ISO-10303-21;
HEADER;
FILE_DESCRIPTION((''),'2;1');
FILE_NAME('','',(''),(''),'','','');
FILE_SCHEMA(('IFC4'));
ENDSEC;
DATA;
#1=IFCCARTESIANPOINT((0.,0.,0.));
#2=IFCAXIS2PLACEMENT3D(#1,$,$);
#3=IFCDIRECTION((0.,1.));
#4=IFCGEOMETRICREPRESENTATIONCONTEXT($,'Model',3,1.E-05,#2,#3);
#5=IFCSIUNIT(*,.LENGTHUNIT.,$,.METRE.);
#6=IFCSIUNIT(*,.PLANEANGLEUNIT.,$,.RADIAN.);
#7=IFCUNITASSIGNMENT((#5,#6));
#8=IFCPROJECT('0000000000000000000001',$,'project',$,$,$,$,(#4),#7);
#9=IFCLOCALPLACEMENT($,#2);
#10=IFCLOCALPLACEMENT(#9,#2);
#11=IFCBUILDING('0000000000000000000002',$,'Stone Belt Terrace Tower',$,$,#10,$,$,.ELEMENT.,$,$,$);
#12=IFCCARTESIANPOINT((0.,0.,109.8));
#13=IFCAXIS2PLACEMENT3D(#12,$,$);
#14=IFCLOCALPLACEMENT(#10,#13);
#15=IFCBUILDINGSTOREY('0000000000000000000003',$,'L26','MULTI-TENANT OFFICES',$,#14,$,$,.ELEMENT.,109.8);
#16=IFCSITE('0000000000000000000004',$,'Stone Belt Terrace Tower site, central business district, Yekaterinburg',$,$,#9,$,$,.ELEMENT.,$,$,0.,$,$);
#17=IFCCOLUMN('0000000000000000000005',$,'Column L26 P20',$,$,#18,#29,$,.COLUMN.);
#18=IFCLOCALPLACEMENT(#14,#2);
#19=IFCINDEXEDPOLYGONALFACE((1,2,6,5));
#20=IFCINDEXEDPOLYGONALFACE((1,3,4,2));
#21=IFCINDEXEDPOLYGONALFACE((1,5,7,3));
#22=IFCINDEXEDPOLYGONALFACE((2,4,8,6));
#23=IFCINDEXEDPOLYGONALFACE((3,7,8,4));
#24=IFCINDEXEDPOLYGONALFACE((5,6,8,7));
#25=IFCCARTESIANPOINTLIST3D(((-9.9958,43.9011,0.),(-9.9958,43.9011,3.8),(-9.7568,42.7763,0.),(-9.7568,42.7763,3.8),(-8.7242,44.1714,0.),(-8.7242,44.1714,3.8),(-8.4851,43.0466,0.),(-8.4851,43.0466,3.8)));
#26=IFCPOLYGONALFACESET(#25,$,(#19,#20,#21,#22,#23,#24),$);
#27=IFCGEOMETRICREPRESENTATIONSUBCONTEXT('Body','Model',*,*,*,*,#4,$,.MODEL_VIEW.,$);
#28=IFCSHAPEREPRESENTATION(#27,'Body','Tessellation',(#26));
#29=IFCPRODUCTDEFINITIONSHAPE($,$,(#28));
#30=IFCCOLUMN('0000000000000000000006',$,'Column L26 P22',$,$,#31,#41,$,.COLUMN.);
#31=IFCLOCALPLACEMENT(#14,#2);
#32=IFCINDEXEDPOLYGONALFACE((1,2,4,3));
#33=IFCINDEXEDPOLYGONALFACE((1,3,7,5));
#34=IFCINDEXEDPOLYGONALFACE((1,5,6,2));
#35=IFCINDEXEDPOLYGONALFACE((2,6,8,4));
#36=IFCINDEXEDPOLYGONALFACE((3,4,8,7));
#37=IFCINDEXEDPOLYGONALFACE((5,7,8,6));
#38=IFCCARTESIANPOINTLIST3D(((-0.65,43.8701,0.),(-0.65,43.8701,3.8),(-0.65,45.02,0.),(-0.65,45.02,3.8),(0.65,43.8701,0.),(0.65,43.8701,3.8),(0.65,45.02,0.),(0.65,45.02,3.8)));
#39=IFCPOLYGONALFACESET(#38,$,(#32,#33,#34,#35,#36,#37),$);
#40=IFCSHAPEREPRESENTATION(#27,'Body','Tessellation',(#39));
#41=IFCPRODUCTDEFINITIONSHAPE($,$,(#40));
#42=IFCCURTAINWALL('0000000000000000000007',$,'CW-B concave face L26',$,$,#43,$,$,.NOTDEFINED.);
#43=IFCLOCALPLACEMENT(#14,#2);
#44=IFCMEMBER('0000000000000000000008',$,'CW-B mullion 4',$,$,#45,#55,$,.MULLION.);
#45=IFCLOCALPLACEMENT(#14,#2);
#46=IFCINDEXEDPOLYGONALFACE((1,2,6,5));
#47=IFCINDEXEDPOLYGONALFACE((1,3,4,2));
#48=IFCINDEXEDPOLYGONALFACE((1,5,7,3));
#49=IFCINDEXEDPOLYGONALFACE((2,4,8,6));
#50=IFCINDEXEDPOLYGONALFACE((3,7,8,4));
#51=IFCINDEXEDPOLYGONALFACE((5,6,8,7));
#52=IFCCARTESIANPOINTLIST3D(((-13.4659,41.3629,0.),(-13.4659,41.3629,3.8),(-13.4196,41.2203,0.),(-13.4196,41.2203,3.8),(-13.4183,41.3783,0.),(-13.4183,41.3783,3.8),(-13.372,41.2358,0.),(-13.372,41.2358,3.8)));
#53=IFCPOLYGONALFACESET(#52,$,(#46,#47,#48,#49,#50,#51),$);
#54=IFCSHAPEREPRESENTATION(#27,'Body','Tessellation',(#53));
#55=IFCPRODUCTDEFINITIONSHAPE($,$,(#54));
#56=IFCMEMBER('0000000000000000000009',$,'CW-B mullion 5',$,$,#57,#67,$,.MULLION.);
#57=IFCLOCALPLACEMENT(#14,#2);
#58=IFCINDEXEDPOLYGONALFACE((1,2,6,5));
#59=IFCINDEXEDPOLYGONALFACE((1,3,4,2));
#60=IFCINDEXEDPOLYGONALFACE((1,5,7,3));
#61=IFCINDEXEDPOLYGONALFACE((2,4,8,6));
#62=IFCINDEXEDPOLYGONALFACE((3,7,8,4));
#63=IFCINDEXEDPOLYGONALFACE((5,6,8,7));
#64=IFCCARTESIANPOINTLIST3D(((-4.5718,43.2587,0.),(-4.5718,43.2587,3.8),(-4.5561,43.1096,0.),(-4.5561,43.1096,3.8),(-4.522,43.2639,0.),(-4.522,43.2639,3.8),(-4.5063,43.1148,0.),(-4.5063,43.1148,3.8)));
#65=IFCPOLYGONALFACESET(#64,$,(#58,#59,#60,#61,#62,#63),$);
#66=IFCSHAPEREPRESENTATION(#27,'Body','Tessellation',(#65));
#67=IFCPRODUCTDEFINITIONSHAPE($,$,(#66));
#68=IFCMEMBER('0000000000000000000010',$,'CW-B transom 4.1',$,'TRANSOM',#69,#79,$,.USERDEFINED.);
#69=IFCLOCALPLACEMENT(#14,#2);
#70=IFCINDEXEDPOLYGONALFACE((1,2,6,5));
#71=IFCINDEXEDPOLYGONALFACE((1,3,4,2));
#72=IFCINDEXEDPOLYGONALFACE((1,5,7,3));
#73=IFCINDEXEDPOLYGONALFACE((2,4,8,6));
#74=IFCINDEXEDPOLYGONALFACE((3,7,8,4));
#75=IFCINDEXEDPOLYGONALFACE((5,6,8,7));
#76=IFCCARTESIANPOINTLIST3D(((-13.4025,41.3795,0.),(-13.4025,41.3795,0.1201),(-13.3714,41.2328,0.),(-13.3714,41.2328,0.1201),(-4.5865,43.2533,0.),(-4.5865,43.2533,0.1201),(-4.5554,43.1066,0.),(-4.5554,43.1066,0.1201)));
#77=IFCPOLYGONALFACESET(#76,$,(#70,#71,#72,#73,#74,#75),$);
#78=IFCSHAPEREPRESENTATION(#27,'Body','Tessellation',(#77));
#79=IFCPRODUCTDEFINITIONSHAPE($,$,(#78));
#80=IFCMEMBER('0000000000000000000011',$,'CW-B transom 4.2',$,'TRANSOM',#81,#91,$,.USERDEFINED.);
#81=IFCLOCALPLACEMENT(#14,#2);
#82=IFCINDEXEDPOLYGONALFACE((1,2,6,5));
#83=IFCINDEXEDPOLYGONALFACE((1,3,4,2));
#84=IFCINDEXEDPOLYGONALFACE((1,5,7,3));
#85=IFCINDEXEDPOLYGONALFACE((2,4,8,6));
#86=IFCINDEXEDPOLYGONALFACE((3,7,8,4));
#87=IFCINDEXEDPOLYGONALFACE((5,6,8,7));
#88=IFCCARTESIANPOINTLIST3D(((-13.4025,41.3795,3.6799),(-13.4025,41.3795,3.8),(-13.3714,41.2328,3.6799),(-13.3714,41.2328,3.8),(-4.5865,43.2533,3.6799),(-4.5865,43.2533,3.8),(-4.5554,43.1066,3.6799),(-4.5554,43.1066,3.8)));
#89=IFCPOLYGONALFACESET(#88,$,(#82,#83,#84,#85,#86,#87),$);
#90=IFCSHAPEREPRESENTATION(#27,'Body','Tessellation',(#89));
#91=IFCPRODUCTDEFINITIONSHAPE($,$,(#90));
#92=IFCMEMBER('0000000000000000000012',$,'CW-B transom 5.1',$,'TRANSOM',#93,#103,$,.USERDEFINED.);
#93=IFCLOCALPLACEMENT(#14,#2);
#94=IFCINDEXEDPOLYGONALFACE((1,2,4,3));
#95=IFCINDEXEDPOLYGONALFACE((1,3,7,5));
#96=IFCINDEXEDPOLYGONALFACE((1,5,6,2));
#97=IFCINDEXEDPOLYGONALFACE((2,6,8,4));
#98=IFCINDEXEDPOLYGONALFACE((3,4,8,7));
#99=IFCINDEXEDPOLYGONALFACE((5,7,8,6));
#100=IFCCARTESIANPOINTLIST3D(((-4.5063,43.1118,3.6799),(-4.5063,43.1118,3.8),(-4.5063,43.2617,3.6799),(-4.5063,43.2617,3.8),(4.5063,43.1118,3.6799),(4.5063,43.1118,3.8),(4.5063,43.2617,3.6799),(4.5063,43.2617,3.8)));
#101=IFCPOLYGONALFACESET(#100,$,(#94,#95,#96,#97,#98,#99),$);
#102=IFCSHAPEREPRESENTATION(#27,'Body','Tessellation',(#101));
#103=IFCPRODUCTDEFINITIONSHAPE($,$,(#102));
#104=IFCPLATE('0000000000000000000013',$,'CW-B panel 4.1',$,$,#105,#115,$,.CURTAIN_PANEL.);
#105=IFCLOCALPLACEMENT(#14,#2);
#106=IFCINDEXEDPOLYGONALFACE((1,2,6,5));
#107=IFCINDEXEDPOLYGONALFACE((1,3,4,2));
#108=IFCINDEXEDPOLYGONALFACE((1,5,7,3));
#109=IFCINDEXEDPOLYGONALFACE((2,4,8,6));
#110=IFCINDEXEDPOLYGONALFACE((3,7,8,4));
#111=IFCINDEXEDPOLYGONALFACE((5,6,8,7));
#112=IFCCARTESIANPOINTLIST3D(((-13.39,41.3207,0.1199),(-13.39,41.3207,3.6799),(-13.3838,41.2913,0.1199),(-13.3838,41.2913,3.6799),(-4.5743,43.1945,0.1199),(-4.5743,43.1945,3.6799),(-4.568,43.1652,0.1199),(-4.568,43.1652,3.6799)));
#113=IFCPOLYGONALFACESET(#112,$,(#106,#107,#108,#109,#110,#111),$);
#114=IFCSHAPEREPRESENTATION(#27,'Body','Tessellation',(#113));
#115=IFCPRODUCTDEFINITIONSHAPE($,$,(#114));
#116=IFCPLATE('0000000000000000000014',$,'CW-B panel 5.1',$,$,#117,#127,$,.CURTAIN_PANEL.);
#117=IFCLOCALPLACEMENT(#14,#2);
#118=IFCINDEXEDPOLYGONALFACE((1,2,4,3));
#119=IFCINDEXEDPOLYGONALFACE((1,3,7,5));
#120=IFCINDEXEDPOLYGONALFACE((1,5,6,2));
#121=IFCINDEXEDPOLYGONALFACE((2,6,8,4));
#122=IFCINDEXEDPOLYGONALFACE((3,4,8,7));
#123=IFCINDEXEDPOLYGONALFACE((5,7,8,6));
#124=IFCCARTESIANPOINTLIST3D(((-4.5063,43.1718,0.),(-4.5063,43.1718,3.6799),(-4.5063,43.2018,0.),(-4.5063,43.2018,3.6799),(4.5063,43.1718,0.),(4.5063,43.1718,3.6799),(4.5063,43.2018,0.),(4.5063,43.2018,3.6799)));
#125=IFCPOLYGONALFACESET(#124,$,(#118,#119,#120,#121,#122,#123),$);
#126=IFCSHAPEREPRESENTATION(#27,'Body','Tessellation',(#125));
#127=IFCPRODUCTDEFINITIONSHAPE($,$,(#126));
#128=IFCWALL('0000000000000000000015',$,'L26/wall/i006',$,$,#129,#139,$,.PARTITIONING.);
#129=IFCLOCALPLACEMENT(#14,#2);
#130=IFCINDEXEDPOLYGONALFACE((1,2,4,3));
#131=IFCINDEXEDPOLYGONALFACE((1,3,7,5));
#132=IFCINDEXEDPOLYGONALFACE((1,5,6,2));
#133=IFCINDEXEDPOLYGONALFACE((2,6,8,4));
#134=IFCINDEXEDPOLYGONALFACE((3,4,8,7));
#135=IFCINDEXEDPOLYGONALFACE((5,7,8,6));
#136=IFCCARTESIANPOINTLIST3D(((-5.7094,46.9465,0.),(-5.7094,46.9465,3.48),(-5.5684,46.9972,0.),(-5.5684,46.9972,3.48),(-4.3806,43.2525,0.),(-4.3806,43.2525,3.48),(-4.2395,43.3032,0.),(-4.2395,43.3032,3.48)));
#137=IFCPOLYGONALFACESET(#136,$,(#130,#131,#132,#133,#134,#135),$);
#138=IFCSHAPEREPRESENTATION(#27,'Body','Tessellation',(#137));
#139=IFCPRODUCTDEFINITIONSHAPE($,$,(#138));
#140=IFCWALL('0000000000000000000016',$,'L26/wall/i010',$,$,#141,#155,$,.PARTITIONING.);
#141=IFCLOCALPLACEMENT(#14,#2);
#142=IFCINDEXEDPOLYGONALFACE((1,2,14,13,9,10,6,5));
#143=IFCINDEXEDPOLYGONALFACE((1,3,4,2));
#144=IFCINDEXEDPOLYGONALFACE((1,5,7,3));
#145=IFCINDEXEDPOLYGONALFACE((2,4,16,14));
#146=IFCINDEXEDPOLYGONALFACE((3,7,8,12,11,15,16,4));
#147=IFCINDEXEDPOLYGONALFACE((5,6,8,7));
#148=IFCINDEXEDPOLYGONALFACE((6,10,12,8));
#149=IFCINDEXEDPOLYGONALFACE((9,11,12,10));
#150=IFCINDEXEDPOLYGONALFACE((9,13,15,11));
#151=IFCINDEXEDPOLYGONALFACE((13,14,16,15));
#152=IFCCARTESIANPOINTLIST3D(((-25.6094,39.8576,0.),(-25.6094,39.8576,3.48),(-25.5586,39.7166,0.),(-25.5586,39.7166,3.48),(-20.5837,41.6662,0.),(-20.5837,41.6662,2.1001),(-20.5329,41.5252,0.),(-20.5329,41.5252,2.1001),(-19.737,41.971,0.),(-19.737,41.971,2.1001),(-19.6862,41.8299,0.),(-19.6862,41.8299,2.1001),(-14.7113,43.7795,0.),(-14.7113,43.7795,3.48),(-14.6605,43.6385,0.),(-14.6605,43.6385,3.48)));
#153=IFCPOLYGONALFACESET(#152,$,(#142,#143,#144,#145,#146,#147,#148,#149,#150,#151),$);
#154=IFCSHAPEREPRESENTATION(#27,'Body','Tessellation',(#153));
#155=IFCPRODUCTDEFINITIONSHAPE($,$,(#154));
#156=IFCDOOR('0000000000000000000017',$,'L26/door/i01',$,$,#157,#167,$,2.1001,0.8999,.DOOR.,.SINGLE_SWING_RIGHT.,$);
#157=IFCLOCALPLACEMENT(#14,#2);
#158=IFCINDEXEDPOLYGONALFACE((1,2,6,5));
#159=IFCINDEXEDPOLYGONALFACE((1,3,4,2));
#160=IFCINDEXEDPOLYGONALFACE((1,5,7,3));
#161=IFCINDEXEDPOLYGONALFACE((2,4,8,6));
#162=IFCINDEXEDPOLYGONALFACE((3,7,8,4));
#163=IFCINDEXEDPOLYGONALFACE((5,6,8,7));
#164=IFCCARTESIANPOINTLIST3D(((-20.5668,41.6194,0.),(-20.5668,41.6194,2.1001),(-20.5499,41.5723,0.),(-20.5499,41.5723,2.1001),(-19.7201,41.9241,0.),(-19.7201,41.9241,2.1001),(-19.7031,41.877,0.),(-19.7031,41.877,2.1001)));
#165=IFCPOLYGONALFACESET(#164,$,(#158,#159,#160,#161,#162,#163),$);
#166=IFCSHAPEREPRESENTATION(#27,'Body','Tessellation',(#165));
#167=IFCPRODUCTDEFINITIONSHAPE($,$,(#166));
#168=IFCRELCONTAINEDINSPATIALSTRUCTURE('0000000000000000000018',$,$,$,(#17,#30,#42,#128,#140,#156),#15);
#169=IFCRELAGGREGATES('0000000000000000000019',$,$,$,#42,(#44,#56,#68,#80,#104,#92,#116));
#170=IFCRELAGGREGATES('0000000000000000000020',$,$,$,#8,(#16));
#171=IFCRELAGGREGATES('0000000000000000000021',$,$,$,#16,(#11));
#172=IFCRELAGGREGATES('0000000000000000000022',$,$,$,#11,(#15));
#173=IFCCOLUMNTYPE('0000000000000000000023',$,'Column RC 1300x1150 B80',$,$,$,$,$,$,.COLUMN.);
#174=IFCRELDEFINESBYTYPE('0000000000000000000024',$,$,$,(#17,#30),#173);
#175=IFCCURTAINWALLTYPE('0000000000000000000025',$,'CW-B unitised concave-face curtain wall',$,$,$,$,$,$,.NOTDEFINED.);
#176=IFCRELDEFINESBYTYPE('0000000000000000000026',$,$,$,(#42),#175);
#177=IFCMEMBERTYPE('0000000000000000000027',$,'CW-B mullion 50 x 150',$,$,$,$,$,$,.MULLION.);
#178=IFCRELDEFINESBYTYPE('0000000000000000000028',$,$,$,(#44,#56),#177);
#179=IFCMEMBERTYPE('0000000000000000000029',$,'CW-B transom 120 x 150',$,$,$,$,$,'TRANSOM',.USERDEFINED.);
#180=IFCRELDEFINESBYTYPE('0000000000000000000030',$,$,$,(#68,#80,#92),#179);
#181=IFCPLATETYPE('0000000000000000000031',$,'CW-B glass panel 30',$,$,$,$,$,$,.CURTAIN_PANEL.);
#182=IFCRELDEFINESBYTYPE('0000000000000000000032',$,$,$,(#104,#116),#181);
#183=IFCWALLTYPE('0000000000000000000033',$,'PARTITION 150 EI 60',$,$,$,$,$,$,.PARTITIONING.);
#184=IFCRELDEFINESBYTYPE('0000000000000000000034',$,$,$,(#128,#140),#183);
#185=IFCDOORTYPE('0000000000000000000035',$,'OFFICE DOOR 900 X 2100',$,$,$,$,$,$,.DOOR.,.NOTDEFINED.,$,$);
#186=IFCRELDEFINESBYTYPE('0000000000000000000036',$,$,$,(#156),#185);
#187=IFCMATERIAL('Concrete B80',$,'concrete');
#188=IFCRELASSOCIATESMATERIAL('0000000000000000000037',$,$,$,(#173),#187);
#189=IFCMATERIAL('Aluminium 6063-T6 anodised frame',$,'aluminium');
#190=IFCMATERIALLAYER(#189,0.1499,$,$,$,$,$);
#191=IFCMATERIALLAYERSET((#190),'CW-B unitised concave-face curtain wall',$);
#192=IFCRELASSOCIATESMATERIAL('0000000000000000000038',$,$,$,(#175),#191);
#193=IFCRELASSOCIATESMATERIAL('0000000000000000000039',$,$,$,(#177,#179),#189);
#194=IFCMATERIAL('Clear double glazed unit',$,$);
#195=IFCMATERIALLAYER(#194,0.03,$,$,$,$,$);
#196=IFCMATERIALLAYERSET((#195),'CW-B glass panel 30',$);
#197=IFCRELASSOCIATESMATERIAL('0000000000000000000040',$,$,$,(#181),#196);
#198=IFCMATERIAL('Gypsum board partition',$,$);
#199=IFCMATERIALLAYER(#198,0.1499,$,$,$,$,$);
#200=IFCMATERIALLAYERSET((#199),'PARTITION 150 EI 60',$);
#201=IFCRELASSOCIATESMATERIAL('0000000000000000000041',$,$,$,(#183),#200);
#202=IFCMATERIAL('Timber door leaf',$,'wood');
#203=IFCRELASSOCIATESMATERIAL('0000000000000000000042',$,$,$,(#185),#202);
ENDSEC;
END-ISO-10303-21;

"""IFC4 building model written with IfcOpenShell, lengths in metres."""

from ifc_helpers import new_model, si_unit, direction, frame, frame_2d, origin, origin_2d, place, context, subcontext, project, spatial, rectangle, extrude, material, layer, layer_set, material_profile, profile_set, type_object, element, fill, aggregate, save


model = new_model("IFC4")

# Units and contexts
model_context = context("Model", 3, precision=1e-05, world=origin(), true_north=direction((0.0, 1.0)))
body_context = subcontext(model_context, "Body", "Model", "MODEL_VIEW")
ifc_project = project(units=[si_unit("LENGTHUNIT", "METRE"), si_unit("PLANEANGLEUNIT", "RADIAN")], contexts=[model_context])

# Site, building, storey
site_placement = place(None, origin())
site = spatial("IfcSite", under=ifc_project, at=site_placement, Name="Stone Belt Terrace Tower site, central business district, Yekaterinburg", CompositionType="ELEMENT", RefElevation=0.0)
building_placement = place(site_placement, origin())
building = spatial("IfcBuilding", under=site, at=building_placement, Name="Stone Belt Terrace Tower", CompositionType="ELEMENT")
storey_placement = place(building_placement, frame((0.0, 0.0, 109.8)))
storey = spatial("IfcBuildingStorey", under=building, at=storey_placement, Name="L26", Description="MULTI-TENANT OFFICES", CompositionType="ELEMENT", Elevation=109.8)

# Columns
ifc_material_1 = material(Name="Concrete B80", Category="concrete")
ifc_material_profile_1 = material_profile(ifc_material_1, rectangle(XDim=1.3, YDim=1.1499, at=origin_2d()), Name="RC 1300x1150")
ifc_profile_set_1 = profile_set([ifc_material_profile_1], Name="Concrete B80")
column_type = type_object("IfcColumnType", Name="Column RC 1300x1150 B80", PredefinedType="COLUMN", material=ifc_profile_set_1)
for number, where, z_axis, x_axis, name in (
    (1, (-9.2405, 43.4739, 0.0), (0.0, 0.0, 1.0), (0.978148, 0.207912, 0.0), "Column L26 P20"),
    (2, (0.0, 44.4451, 0.0), (0.0, 0.0, 1.0), (1.0, 0.0, 0.0), "Column L26 P22"),
):
    element("IfcColumn", number, at=place(storey_placement, frame(where, z_axis=z_axis, x_axis=x_axis)), inside=storey, type_object=column_type, Name=name, PredefinedType="COLUMN", context=body_context, shape_type="SweptSolid", body=[
        extrude(rectangle(XDim=1.3, YDim=1.1499, at=origin_2d()), origin(), (0.0, 0.0, 1.0), 3.8),
    ])

# Curtain wall, members, plates
ifc_material_2 = material(Name="Aluminium 6063-T6 anodised frame", Category="aluminium")
ifc_layer_1 = layer(ifc_material_2, 0.1499)
ifc_layer_set_1 = layer_set([ifc_layer_1], Name="CW-B unitised concave-face curtain wall")
curtain_wall_type = type_object("IfcCurtainWallType", Name="CW-B unitised concave-face curtain wall", PredefinedType="NOTDEFINED", material=ifc_layer_set_1)
curtain_wall_placement = place(storey_placement, origin())
curtain_wall = element("IfcCurtainWall", 3, at=curtain_wall_placement, inside=storey, type_object=curtain_wall_type, Name="CW-B concave face L26", PredefinedType="NOTDEFINED")
ifc_material_profile_2 = material_profile(ifc_material_2, rectangle(XDim=0.1499, YDim=0.05, at=origin_2d()), Name="Aluminium 6063-T6 50x150")
ifc_profile_set_2 = profile_set([ifc_material_profile_2], Name="Aluminium 6063-T6 anodised frame")
member_type_1 = type_object("IfcMemberType", Name="CW-B mullion 50 x 150", PredefinedType="MULLION", material=ifc_profile_set_2)
member_1_placement = place(storey_placement, frame((-13.4189, 41.2993, 0.0), z_axis=(0.0, 0.0, 1.0), x_axis=(-0.309017, 0.951057, 0.0)))
member_1 = element("IfcMember", 4, at=member_1_placement, type_object=member_type_1, Name="CW-B mullion 4", PredefinedType="MULLION", context=body_context, shape_type="SweptSolid", body=[
    extrude(rectangle(XDim=0.1499, YDim=0.05, at=origin_2d()), origin(), (0.0, 0.0, 1.0), 3.8),
])
member_2_placement = place(storey_placement, frame((-4.5391, 43.1868, 0.0), z_axis=(0.0, 0.0, 1.0), x_axis=(-0.104528, 0.994522, 0.0)))
member_2 = element("IfcMember", 5, at=member_2_placement, type_object=member_type_1, Name="CW-B mullion 5", PredefinedType="MULLION", context=body_context, shape_type="SweptSolid", body=[
    extrude(rectangle(XDim=0.1499, YDim=0.05, at=origin_2d()), origin(), (0.0, 0.0, 1.0), 3.8),
])
ifc_material_profile_3 = material_profile(ifc_material_2, rectangle(XDim=0.1499, YDim=0.1201, at=origin_2d()), Name="Aluminium 6063-T6 150x120")
ifc_profile_set_3 = profile_set([ifc_material_profile_3], Name="Aluminium 6063-T6 anodised frame")
member_type_2 = type_object("IfcMemberType", Name="CW-B transom 120 x 150", ElementType="TRANSOM", PredefinedType="USERDEFINED", material=ifc_profile_set_3)
member_3_placement = place(storey_placement, frame((-13.387, 41.3062, 0.0601), z_axis=(0.97815, 0.207901, 0.0), x_axis=(-0.207901, 0.97815, 0.0)))
member_3 = element("IfcMember", 6, at=member_3_placement, type_object=member_type_2, Name="CW-B transom 4.1", ObjectType="TRANSOM", PredefinedType="USERDEFINED", context=body_context, shape_type="SweptSolid", body=[
    extrude(rectangle(XDim=0.1499, YDim=0.1201, at=origin_2d()), origin(), (0.0, 0.0, 1.0), 9.0129),
])
member_4_placement = place(storey_placement, frame((-13.387, 41.3062, 3.74), z_axis=(0.97815, 0.207901, 0.0), x_axis=(-0.207901, 0.97815, 0.0)))
member_4 = element("IfcMember", 7, at=member_4_placement, type_object=member_type_2, Name="CW-B transom 4.2", ObjectType="TRANSOM", PredefinedType="USERDEFINED", context=body_context, shape_type="SweptSolid", body=[
    extrude(rectangle(XDim=0.1499, YDim=0.1201, at=origin_2d()), origin(), (0.0, 0.0, 1.0), 9.0129),
])
member_5_placement = place(storey_placement, frame((-4.5063, 43.1868, 3.74), z_axis=(1.0, 0.0, 0.0), x_axis=(0.0, 1.0, 0.0)))
member_5 = element("IfcMember", 8, at=member_5_placement, type_object=member_type_2, Name="CW-B transom 5.1", ObjectType="TRANSOM", PredefinedType="USERDEFINED", context=body_context, shape_type="SweptSolid", body=[
    extrude(rectangle(XDim=0.1499, YDim=0.1201, at=origin_2d()), origin(), (0.0, 0.0, 1.0), 9.0127),
])
ifc_material_3 = material(Name="Clear double glazed unit")
ifc_layer_2 = layer(ifc_material_3, 0.03)
ifc_layer_set_2 = layer_set([ifc_layer_2], Name="CW-B glass panel 30")
plate_type = type_object("IfcPlateType", Name="CW-B glass panel 30", PredefinedType="CURTAIN_PANEL", material=ifc_layer_set_2)
plate_1_placement = place(storey_placement, frame((-8.979, 42.2429, 0.1199), z_axis=(0.0, 0.0, 1.0), x_axis=(0.978148, 0.207912, 0.0)))
plate_1 = element("IfcPlate", 9, at=plate_1_placement, type_object=plate_type, Name="CW-B panel 4.1", PredefinedType="CURTAIN_PANEL", context=body_context, shape_type="SweptSolid", body=[
    extrude(rectangle(XDim=9.0127, YDim=0.03, at=origin_2d()), origin(), (0.0, 0.0, 1.0), 3.5601),
])
plate_2_placement = place(storey_placement, frame((0.0, 43.1868, 0.0), z_axis=(0.0, 0.0, 1.0), x_axis=(1.0, 0.0, 0.0)))
plate_2 = element("IfcPlate", 10, at=plate_2_placement, type_object=plate_type, Name="CW-B panel 5.1", PredefinedType="CURTAIN_PANEL", context=body_context, shape_type="SweptSolid", body=[
    extrude(rectangle(XDim=9.0127, YDim=0.03, at=origin_2d()), origin(), (0.0, 0.0, 1.0), 3.6799),
])
aggregate(curtain_wall, [member_1, member_2, member_3, member_4, plate_1, member_5, plate_2])

# Wall
ifc_material_4 = material(Name="Gypsum board partition")
ifc_layer_3 = layer(ifc_material_4, 0.1499)
ifc_layer_set_3 = layer_set([ifc_layer_3], Name="PARTITION 150 EI 60")
wall_type = type_object("IfcWallType", Name="PARTITION 150 EI 60", PredefinedType="PARTITIONING", material=ifc_layer_set_3)
wall_1_placement = place(storey_placement, frame((-4.3101, 43.2778, 0.0), z_axis=(0.0, 0.0, 1.0), x_axis=(-0.33849, 0.94097, 0.0)))
element("IfcWall", 11, at=wall_1_placement, inside=storey, type_object=wall_type, Name="L26/wall/i006", PredefinedType="PARTITIONING", context=body_context, shape_type="SweptSolid", body=[
    extrude(rectangle(XDim=3.9258, YDim=0.1499, at=frame_2d((1.9629, 0.0))), origin(), (0.0, 0.0, 1.0), 3.48),
])

# Wall, opening, door
wall_2_placement = place(storey_placement, frame((-14.686, 43.709, 0.0), z_axis=(0.0, 0.0, 1.0), x_axis=(-0.940926, -0.338613, 0.0)))
wall_2 = element("IfcWall", 12, at=wall_2_placement, inside=storey, type_object=wall_type, Name="L26/wall/i010", PredefinedType="PARTITIONING", context=body_context, shape_type="SweptSolid", body=[
    extrude(rectangle(XDim=11.5823, YDim=0.1499, at=frame_2d((5.791, 0.0))), origin(), (0.0, 0.0, 1.0), 3.48),
])
opening_1_placement = place(wall_2_placement, frame((5.3411, 0.0, 0.0)))
opening_1 = element("IfcOpeningElement", 13, at=opening_1_placement, cuts=wall_2, PredefinedType="OPENING", context=body_context, shape_type="SweptSolid", body=[
    extrude(rectangle(XDim=0.8999, YDim=2.1001, at=frame_2d((0.45, 1.05))), frame((0.0, 0.085, 0.0), z_axis=(0.0, -1.0, 0.0), x_axis=(1.0, 0.0, 0.0)), (0.0, 0.0, 1.0), 0.1699),
])
ifc_material_5 = material(Name="Timber door leaf", Category="wood")
door_type = type_object("IfcDoorType", Name="OFFICE DOOR 900 X 2100", OperationType="NOTDEFINED", PredefinedType="DOOR", material=ifc_material_5)
door_1_placement = place(opening_1_placement, origin())
door_1 = element("IfcDoor", 14, at=door_1_placement, inside=storey, type_object=door_type, Name="L26/door/i01", OperationType="SINGLE_SWING_RIGHT", OverallHeight=2.1001, OverallWidth=0.8999, PredefinedType="DOOR", context=body_context, shape_type="SweptSolid", body=[
    extrude(rectangle(XDim=0.8999, YDim=2.1001, at=frame_2d((0.45, 1.05))), frame((0.0, 0.0249, 0.0), z_axis=(0.0, -1.0, 0.0), x_axis=(1.0, 0.0, 0.0)), (0.0, 0.0, 1.0), 0.05),
])
fill(opening_1, door_1)

save(model, "model.ifc")
